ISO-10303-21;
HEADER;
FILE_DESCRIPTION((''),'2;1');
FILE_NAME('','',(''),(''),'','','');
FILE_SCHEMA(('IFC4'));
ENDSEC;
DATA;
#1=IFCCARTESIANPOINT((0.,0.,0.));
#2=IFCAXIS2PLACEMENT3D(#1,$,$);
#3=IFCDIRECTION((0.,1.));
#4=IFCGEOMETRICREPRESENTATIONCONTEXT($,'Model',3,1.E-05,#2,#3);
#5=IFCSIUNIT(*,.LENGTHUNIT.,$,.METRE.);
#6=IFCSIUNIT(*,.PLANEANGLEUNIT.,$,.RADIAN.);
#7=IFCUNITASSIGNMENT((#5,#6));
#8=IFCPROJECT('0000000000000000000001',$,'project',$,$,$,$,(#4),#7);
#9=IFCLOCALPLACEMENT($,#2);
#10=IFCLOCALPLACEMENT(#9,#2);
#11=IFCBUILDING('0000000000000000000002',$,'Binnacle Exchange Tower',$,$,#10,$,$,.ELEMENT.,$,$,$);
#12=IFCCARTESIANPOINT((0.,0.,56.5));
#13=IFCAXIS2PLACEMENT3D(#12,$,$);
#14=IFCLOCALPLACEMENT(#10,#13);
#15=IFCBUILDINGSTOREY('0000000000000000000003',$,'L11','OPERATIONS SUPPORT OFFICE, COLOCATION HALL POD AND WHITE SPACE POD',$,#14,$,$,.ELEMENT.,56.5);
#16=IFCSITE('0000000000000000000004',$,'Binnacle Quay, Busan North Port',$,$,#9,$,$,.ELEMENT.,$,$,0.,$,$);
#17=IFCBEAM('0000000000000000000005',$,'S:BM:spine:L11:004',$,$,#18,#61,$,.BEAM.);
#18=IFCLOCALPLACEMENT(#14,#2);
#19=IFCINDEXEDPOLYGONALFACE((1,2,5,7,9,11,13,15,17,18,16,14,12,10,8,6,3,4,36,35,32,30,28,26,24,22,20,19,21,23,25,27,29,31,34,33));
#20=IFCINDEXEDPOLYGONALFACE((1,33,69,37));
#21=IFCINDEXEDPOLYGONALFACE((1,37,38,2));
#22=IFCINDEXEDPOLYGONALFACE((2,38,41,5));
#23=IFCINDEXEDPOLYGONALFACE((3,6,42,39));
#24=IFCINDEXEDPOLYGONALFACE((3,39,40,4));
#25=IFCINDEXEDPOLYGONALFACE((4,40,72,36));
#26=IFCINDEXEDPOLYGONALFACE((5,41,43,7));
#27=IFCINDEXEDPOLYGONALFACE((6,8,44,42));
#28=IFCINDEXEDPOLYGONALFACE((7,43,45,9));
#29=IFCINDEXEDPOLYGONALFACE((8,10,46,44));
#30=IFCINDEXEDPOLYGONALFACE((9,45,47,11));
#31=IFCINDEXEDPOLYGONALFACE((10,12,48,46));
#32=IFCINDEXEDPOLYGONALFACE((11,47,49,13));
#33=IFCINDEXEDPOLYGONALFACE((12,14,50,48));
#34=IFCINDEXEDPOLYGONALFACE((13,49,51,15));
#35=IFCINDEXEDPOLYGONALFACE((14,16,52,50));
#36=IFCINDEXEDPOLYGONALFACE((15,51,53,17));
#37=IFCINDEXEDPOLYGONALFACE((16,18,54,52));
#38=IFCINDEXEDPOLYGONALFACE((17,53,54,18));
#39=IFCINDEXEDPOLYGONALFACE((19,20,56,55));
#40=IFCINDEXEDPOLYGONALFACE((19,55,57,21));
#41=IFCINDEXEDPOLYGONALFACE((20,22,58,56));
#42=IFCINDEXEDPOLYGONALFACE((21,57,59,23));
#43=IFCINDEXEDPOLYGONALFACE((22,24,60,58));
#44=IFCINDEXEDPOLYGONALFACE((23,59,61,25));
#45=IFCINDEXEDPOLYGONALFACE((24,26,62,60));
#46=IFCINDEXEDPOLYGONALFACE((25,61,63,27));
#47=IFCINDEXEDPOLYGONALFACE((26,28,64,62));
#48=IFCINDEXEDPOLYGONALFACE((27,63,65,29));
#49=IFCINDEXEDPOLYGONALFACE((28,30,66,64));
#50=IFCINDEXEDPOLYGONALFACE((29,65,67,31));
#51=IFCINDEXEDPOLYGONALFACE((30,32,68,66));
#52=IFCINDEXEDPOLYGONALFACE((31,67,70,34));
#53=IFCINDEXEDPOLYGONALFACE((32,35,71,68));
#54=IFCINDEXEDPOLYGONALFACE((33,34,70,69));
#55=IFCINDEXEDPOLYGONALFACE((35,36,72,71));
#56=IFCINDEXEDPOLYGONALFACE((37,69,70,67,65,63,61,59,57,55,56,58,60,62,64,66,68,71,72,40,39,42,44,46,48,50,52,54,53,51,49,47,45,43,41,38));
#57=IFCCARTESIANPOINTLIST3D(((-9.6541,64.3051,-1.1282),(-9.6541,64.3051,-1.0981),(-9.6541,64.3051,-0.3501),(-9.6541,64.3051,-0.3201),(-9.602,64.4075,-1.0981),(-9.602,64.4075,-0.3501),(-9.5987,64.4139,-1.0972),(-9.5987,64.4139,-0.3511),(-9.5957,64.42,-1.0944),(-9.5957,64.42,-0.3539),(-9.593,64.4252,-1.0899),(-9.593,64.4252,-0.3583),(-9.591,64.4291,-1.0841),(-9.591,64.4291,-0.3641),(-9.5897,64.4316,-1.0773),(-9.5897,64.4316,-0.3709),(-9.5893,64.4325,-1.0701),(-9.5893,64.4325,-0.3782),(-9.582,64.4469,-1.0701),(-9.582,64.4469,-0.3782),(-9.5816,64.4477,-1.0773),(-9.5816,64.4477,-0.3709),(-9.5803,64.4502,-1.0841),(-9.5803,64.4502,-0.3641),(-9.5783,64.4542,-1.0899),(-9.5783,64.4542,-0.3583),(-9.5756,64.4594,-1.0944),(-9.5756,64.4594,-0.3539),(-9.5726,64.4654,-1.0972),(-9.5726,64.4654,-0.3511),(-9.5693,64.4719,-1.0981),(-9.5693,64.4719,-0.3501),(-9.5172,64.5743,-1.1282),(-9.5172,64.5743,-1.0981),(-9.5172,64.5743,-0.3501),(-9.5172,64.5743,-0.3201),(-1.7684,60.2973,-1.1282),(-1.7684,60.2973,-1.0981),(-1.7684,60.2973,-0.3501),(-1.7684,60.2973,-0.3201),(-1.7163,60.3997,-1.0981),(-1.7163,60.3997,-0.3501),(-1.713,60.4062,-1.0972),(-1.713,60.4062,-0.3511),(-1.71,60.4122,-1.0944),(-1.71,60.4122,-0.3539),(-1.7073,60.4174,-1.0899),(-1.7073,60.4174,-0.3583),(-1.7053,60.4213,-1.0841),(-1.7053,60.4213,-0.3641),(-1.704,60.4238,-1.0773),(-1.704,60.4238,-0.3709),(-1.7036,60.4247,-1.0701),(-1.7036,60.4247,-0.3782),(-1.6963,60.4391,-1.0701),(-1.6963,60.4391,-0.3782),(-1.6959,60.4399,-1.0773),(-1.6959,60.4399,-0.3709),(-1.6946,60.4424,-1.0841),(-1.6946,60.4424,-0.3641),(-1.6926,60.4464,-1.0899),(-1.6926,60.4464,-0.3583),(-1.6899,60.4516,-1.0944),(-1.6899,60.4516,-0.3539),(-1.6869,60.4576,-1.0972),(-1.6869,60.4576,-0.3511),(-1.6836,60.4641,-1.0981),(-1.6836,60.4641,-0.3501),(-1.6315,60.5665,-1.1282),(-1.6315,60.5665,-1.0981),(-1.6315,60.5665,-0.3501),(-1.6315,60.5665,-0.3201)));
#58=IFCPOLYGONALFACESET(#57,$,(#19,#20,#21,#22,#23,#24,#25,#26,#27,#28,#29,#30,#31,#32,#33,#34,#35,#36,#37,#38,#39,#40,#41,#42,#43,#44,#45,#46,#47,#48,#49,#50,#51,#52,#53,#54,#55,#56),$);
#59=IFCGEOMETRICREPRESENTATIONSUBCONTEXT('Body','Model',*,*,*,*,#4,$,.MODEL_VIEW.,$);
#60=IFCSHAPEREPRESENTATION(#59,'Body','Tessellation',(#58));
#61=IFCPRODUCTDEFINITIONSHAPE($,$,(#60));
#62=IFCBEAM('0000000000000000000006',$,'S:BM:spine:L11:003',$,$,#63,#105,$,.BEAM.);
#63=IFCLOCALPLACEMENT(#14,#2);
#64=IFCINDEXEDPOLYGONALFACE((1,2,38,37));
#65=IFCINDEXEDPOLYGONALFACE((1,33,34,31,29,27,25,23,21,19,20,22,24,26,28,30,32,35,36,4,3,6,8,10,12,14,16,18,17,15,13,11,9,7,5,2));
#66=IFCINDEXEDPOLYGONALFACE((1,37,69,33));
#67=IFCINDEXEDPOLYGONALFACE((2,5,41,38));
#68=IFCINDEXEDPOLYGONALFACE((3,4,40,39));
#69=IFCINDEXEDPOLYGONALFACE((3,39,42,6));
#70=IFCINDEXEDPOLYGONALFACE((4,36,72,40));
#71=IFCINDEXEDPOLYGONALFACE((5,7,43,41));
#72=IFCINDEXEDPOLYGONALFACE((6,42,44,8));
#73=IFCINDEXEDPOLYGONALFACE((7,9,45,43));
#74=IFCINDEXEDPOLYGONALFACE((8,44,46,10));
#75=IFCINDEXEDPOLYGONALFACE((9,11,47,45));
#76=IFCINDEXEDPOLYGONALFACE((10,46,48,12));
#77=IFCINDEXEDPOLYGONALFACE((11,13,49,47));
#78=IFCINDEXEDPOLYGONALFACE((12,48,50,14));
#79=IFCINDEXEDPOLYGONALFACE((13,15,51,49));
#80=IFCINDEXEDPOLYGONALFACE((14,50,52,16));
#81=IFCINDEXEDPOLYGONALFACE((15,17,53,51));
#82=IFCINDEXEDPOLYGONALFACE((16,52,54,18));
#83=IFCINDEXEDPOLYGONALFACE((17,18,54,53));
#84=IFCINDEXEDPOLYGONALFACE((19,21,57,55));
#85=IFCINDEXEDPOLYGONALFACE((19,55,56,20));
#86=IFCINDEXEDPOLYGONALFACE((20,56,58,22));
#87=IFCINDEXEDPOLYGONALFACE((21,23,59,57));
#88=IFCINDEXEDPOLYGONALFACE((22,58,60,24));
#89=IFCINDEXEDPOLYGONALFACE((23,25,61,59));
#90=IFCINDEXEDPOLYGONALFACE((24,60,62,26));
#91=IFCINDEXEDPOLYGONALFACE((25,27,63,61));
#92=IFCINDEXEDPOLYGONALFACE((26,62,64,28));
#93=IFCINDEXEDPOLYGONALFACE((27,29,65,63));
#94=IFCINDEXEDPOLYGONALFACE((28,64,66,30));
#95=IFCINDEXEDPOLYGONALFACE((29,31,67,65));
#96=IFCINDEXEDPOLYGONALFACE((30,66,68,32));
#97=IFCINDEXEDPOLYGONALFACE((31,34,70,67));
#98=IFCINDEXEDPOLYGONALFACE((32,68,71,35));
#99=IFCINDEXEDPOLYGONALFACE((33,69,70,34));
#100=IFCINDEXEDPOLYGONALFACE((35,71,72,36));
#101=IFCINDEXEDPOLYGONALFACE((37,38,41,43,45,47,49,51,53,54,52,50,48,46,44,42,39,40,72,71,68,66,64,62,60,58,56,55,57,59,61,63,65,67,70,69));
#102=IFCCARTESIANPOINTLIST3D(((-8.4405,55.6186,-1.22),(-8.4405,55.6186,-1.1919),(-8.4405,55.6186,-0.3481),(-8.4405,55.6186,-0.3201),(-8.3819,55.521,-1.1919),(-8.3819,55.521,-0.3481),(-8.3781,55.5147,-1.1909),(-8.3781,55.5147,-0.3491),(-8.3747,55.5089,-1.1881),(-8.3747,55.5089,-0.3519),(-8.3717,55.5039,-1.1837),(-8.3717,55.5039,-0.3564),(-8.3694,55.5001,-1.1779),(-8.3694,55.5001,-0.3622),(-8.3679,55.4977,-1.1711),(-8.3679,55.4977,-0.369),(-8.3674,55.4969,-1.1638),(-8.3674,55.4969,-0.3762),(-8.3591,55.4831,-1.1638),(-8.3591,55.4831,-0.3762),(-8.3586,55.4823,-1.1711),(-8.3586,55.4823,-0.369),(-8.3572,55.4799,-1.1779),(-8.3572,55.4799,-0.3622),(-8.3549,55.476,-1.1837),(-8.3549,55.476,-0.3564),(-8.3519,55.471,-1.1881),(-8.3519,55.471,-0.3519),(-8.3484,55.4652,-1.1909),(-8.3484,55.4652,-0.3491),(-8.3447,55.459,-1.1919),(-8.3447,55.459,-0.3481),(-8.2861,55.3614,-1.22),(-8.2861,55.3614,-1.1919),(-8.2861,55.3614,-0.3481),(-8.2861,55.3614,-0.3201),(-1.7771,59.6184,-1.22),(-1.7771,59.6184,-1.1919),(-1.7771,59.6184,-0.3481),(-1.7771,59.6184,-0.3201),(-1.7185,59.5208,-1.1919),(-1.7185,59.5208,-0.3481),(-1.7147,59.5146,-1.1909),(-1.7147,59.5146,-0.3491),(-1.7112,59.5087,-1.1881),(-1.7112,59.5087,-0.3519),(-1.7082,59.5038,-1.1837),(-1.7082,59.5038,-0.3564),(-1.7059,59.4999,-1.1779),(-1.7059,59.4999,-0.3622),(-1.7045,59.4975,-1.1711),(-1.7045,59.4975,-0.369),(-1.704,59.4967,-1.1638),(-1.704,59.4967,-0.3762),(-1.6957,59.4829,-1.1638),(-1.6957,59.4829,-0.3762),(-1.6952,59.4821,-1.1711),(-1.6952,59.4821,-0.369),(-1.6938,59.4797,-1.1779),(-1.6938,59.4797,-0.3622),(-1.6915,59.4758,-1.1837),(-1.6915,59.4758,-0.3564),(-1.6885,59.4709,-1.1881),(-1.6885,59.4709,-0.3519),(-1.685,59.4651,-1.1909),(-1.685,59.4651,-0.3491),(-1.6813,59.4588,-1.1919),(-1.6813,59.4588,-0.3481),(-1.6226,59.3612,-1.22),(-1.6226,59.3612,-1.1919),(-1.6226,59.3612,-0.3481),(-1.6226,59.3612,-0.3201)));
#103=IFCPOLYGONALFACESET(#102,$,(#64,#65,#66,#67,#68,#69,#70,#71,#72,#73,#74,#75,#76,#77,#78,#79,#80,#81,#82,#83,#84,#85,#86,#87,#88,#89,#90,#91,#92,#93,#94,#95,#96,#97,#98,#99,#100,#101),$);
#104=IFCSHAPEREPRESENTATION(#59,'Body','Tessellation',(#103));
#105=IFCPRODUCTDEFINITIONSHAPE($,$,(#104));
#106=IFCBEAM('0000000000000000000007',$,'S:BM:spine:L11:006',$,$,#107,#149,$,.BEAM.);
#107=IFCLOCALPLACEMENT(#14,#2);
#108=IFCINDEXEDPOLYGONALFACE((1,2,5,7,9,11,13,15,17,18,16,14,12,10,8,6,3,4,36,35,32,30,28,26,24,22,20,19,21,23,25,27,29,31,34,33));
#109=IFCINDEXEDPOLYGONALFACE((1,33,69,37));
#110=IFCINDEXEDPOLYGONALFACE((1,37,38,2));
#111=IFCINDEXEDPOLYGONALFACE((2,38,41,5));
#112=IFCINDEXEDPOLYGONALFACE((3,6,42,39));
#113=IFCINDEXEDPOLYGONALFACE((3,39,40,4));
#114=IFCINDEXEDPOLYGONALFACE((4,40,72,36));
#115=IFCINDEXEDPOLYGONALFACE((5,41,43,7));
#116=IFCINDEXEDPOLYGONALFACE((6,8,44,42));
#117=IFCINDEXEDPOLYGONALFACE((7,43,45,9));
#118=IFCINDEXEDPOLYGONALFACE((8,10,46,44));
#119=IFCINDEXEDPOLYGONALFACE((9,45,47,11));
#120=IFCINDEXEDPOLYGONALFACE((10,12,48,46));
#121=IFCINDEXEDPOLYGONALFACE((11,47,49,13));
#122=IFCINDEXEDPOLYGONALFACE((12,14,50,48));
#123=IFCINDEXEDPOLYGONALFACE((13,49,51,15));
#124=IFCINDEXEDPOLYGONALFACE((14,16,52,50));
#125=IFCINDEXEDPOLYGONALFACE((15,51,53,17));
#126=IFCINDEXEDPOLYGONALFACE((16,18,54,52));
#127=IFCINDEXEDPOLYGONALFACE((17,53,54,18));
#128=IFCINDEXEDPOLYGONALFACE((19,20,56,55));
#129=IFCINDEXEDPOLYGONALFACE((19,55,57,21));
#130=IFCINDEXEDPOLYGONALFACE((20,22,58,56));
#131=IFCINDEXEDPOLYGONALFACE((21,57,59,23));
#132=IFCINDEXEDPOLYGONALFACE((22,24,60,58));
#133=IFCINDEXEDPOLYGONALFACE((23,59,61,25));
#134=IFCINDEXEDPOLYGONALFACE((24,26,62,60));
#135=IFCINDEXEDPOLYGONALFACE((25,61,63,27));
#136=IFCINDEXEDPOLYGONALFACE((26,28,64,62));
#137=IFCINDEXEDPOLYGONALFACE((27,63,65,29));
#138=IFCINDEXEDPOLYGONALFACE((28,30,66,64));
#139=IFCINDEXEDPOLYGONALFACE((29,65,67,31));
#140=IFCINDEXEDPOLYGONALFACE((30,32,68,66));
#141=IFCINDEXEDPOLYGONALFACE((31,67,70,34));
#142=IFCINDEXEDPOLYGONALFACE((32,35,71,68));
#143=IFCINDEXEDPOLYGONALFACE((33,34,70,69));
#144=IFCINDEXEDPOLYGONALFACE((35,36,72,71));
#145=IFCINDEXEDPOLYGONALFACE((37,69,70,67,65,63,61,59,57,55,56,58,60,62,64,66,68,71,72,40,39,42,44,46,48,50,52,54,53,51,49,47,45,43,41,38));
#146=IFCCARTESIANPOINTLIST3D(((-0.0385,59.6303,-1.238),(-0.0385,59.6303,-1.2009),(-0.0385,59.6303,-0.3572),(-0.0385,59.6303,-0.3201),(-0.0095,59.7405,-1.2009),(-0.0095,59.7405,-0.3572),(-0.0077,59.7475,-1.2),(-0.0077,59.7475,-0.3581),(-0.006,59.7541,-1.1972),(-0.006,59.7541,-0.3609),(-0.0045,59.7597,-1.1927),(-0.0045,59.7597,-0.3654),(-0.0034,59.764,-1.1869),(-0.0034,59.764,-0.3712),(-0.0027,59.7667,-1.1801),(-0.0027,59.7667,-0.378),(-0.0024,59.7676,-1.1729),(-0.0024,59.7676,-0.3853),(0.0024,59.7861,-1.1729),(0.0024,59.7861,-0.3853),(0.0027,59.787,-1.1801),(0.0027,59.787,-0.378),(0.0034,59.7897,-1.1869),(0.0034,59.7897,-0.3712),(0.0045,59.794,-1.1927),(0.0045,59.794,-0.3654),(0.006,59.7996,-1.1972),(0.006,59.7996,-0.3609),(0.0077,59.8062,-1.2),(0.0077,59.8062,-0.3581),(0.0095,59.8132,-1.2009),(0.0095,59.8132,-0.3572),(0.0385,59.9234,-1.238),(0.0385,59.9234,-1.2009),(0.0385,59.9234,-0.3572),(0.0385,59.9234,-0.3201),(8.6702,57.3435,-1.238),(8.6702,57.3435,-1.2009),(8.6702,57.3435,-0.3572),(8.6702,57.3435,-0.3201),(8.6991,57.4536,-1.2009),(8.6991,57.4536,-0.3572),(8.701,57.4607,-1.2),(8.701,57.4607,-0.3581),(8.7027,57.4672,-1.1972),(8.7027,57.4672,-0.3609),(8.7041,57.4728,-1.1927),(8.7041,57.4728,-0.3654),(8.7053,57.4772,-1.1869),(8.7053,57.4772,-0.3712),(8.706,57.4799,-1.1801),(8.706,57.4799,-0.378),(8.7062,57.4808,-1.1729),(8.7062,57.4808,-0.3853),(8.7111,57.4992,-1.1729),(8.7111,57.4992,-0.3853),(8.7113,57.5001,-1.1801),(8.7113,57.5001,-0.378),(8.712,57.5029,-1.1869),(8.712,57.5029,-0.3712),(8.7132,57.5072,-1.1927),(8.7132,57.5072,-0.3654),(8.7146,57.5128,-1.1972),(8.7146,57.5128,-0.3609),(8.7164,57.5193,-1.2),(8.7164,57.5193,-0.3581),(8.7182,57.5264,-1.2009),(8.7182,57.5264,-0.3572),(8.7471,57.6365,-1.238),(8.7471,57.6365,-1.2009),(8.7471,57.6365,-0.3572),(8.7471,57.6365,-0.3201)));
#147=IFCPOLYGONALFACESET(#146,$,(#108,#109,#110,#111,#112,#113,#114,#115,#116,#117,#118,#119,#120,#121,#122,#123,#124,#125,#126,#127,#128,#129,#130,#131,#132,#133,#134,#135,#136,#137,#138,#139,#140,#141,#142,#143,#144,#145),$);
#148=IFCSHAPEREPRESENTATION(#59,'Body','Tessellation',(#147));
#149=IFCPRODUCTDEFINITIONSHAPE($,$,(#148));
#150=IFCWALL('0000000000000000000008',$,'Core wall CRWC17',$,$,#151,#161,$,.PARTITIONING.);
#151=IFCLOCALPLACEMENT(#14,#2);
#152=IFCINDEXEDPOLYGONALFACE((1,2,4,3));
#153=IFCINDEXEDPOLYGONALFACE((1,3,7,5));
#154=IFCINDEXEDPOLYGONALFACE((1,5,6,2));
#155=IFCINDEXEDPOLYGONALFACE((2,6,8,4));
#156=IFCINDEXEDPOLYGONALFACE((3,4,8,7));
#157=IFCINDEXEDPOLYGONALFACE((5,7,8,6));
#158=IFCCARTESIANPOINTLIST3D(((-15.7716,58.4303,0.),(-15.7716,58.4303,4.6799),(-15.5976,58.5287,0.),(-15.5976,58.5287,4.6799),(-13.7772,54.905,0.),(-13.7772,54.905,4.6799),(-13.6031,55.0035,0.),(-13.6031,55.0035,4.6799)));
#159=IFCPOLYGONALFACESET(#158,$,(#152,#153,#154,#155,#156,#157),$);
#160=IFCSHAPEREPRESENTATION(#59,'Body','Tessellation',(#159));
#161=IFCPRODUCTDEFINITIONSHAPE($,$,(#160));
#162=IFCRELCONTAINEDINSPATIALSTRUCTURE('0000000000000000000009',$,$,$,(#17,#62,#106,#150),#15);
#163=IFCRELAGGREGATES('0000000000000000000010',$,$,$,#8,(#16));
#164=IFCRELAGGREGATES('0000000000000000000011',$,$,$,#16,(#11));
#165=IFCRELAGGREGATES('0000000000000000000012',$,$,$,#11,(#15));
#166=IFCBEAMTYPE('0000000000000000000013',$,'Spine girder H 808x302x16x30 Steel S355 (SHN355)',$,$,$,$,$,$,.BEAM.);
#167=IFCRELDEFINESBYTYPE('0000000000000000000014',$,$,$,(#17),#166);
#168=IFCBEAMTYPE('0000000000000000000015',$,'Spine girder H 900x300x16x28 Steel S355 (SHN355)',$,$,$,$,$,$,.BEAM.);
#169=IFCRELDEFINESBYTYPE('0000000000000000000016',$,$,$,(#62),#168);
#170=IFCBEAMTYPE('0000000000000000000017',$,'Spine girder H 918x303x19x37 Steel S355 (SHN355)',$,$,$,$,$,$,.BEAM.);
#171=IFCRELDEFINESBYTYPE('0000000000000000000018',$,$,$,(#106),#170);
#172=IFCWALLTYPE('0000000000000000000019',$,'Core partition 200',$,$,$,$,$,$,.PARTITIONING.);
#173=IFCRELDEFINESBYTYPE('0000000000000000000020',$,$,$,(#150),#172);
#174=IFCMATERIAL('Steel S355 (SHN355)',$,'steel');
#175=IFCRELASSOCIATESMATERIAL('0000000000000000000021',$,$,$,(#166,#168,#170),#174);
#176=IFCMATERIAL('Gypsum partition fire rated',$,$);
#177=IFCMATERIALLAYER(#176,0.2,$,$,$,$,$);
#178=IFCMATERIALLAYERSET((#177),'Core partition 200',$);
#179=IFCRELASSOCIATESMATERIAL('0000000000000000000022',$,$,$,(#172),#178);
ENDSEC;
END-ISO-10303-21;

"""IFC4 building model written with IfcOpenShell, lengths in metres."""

from ifc_helpers import new_model, si_unit, direction, frame, frame_2d, origin, origin_2d, place, context, subcontext, project, spatial, rectangle, i_section, extrude, material, layer, layer_set, material_profile, profile_set, type_object, element, save


model = new_model("IFC4")

# Units and contexts
model_context = context("Model", 3, precision=1e-05, world=origin(), true_north=direction((0.0, 1.0)))
body_context = subcontext(model_context, "Body", "Model", "MODEL_VIEW")
ifc_project = project(units=[si_unit("LENGTHUNIT", "METRE"), si_unit("PLANEANGLEUNIT", "RADIAN")], contexts=[model_context])

# Site, building, storey
site_placement = place(None, origin())
site = spatial("IfcSite", under=ifc_project, at=site_placement, Name="Binnacle Quay, Busan North Port", CompositionType="ELEMENT", RefElevation=0.0)
building_placement = place(site_placement, origin())
building = spatial("IfcBuilding", under=site, at=building_placement, Name="Binnacle Exchange Tower", CompositionType="ELEMENT")
storey_placement = place(building_placement, frame((0.0, 0.0, 56.5)))
storey = spatial("IfcBuildingStorey", under=building, at=storey_placement, Name="L11", Description="OPERATIONS SUPPORT OFFICE, COLOCATION HALL POD AND WHITE SPACE POD", CompositionType="ELEMENT", Elevation=56.5)

# Beams
ifc_material_1 = material(Name="Steel S355 (SHN355)", Category="steel")
ifc_material_profile_1 = material_profile(ifc_material_1, i_section(OverallWidth=0.302, OverallDepth=0.8081, WebThickness=0.0161, FlangeThickness=0.03, FilletRadius=0.0281, at=origin_2d()), Name="H 808x302x16x30")
ifc_profile_set_1 = profile_set([ifc_material_profile_1], Name="Steel S355 (SHN355)")
beam_type_1 = type_object("IfcBeamType", Name="Spine girder H 808x302x16x30 Steel S355 (SHN355)", PredefinedType="BEAM", material=ifc_profile_set_1)
beam_1_placement = place(storey_placement, frame((-1.7, 60.4319, -0.7241), z_axis=(-0.891471, 0.453077, 0.0), x_axis=(-0.453077, -0.891471, 0.0)))
element("IfcBeam", 1, at=beam_1_placement, inside=storey, type_object=beam_type_1, Name="S:BM:spine:L11:004", PredefinedType="BEAM", context=body_context, shape_type="SweptSolid", body=[
    extrude(i_section(OverallWidth=0.302, OverallDepth=0.8081, WebThickness=0.0161, FlangeThickness=0.03, FilletRadius=0.0281, at=origin_2d()), origin(), (0.0, 0.0, 1.0), 8.8457),
])
ifc_material_profile_2 = material_profile(ifc_material_1, i_section(OverallWidth=0.3, OverallDepth=0.8999, WebThickness=0.0161, FlangeThickness=0.0281, FilletRadius=0.0281, at=origin_2d()), Name="H 900x300x16x28")
ifc_profile_set_2 = profile_set([ifc_material_profile_2], Name="Steel S355 (SHN355)")
beam_type_2 = type_object("IfcBeamType", Name="Spine girder H 900x300x16x28 Steel S355 (SHN355)", PredefinedType="BEAM", material=ifc_profile_set_2)
beam_2_placement = place(storey_placement, frame((-8.3633, 55.49, -0.77), z_axis=(0.857393, 0.514662, 0.0), x_axis=(-0.514662, 0.857393, 0.0)))
element("IfcBeam", 2, at=beam_2_placement, inside=storey, type_object=beam_type_2, Name="S:BM:spine:L11:003", PredefinedType="BEAM", context=body_context, shape_type="SweptSolid", body=[
    extrude(i_section(OverallWidth=0.3, OverallDepth=0.8999, WebThickness=0.0161, FlangeThickness=0.0281, FilletRadius=0.0281, at=origin_2d()), origin(), (0.0, 0.0, 1.0), 7.7717),
])
ifc_material_profile_3 = material_profile(ifc_material_1, i_section(OverallWidth=0.303, OverallDepth=0.918, WebThickness=0.019, FlangeThickness=0.0371, FilletRadius=0.0281, at=origin_2d()), Name="H 918x303x19x37")
ifc_profile_set_3 = profile_set([ifc_material_profile_3], Name="Steel S355 (SHN355)")
beam_type_3 = type_object("IfcBeamType", Name="Spine girder H 918x303x19x37 Steel S355 (SHN355)", PredefinedType="BEAM", material=ifc_profile_set_3)
beam_3_placement = place(storey_placement, frame((0.0, 59.7769, -0.7791), z_axis=(0.967209, -0.253983, 0.0), x_axis=(0.253983, 0.967209, 0.0)))
element("IfcBeam", 3, at=beam_3_placement, inside=storey, type_object=beam_type_3, Name="S:BM:spine:L11:006", PredefinedType="BEAM", context=body_context, shape_type="SweptSolid", body=[
    extrude(i_section(OverallWidth=0.303, OverallDepth=0.918, WebThickness=0.019, FlangeThickness=0.0371, FilletRadius=0.0281, at=origin_2d()), origin(), (0.0, 0.0, 1.0), 9.0039),
])

# Wall
ifc_material_2 = material(Name="Gypsum partition fire rated")
ifc_layer_1 = layer(ifc_material_2, 0.2)
ifc_layer_set_1 = layer_set([ifc_layer_1], Name="Core partition 200")
wall_type_1 = type_object("IfcWallType", Name="Core partition 200", PredefinedType="PARTITIONING", material=ifc_layer_set_1)
wall_1_placement = place(storey_placement, frame((-15.6846, 58.4795, 0.0), z_axis=(0.0, 0.0, 1.0), x_axis=(0.492415, -0.870361, 0.0)))
element("IfcWall", 4, at=wall_1_placement, inside=storey, type_object=wall_type_1, Name="Core wall CRWC17", PredefinedType="PARTITIONING", context=body_context, shape_type="SweptSolid", body=[
    extrude(rectangle(XDim=4.0503, YDim=0.2, at=frame_2d((2.0251, 0.0))), origin(), (0.0, 0.0, 1.0), 4.6799),
])

save(model, "model.ifc")
